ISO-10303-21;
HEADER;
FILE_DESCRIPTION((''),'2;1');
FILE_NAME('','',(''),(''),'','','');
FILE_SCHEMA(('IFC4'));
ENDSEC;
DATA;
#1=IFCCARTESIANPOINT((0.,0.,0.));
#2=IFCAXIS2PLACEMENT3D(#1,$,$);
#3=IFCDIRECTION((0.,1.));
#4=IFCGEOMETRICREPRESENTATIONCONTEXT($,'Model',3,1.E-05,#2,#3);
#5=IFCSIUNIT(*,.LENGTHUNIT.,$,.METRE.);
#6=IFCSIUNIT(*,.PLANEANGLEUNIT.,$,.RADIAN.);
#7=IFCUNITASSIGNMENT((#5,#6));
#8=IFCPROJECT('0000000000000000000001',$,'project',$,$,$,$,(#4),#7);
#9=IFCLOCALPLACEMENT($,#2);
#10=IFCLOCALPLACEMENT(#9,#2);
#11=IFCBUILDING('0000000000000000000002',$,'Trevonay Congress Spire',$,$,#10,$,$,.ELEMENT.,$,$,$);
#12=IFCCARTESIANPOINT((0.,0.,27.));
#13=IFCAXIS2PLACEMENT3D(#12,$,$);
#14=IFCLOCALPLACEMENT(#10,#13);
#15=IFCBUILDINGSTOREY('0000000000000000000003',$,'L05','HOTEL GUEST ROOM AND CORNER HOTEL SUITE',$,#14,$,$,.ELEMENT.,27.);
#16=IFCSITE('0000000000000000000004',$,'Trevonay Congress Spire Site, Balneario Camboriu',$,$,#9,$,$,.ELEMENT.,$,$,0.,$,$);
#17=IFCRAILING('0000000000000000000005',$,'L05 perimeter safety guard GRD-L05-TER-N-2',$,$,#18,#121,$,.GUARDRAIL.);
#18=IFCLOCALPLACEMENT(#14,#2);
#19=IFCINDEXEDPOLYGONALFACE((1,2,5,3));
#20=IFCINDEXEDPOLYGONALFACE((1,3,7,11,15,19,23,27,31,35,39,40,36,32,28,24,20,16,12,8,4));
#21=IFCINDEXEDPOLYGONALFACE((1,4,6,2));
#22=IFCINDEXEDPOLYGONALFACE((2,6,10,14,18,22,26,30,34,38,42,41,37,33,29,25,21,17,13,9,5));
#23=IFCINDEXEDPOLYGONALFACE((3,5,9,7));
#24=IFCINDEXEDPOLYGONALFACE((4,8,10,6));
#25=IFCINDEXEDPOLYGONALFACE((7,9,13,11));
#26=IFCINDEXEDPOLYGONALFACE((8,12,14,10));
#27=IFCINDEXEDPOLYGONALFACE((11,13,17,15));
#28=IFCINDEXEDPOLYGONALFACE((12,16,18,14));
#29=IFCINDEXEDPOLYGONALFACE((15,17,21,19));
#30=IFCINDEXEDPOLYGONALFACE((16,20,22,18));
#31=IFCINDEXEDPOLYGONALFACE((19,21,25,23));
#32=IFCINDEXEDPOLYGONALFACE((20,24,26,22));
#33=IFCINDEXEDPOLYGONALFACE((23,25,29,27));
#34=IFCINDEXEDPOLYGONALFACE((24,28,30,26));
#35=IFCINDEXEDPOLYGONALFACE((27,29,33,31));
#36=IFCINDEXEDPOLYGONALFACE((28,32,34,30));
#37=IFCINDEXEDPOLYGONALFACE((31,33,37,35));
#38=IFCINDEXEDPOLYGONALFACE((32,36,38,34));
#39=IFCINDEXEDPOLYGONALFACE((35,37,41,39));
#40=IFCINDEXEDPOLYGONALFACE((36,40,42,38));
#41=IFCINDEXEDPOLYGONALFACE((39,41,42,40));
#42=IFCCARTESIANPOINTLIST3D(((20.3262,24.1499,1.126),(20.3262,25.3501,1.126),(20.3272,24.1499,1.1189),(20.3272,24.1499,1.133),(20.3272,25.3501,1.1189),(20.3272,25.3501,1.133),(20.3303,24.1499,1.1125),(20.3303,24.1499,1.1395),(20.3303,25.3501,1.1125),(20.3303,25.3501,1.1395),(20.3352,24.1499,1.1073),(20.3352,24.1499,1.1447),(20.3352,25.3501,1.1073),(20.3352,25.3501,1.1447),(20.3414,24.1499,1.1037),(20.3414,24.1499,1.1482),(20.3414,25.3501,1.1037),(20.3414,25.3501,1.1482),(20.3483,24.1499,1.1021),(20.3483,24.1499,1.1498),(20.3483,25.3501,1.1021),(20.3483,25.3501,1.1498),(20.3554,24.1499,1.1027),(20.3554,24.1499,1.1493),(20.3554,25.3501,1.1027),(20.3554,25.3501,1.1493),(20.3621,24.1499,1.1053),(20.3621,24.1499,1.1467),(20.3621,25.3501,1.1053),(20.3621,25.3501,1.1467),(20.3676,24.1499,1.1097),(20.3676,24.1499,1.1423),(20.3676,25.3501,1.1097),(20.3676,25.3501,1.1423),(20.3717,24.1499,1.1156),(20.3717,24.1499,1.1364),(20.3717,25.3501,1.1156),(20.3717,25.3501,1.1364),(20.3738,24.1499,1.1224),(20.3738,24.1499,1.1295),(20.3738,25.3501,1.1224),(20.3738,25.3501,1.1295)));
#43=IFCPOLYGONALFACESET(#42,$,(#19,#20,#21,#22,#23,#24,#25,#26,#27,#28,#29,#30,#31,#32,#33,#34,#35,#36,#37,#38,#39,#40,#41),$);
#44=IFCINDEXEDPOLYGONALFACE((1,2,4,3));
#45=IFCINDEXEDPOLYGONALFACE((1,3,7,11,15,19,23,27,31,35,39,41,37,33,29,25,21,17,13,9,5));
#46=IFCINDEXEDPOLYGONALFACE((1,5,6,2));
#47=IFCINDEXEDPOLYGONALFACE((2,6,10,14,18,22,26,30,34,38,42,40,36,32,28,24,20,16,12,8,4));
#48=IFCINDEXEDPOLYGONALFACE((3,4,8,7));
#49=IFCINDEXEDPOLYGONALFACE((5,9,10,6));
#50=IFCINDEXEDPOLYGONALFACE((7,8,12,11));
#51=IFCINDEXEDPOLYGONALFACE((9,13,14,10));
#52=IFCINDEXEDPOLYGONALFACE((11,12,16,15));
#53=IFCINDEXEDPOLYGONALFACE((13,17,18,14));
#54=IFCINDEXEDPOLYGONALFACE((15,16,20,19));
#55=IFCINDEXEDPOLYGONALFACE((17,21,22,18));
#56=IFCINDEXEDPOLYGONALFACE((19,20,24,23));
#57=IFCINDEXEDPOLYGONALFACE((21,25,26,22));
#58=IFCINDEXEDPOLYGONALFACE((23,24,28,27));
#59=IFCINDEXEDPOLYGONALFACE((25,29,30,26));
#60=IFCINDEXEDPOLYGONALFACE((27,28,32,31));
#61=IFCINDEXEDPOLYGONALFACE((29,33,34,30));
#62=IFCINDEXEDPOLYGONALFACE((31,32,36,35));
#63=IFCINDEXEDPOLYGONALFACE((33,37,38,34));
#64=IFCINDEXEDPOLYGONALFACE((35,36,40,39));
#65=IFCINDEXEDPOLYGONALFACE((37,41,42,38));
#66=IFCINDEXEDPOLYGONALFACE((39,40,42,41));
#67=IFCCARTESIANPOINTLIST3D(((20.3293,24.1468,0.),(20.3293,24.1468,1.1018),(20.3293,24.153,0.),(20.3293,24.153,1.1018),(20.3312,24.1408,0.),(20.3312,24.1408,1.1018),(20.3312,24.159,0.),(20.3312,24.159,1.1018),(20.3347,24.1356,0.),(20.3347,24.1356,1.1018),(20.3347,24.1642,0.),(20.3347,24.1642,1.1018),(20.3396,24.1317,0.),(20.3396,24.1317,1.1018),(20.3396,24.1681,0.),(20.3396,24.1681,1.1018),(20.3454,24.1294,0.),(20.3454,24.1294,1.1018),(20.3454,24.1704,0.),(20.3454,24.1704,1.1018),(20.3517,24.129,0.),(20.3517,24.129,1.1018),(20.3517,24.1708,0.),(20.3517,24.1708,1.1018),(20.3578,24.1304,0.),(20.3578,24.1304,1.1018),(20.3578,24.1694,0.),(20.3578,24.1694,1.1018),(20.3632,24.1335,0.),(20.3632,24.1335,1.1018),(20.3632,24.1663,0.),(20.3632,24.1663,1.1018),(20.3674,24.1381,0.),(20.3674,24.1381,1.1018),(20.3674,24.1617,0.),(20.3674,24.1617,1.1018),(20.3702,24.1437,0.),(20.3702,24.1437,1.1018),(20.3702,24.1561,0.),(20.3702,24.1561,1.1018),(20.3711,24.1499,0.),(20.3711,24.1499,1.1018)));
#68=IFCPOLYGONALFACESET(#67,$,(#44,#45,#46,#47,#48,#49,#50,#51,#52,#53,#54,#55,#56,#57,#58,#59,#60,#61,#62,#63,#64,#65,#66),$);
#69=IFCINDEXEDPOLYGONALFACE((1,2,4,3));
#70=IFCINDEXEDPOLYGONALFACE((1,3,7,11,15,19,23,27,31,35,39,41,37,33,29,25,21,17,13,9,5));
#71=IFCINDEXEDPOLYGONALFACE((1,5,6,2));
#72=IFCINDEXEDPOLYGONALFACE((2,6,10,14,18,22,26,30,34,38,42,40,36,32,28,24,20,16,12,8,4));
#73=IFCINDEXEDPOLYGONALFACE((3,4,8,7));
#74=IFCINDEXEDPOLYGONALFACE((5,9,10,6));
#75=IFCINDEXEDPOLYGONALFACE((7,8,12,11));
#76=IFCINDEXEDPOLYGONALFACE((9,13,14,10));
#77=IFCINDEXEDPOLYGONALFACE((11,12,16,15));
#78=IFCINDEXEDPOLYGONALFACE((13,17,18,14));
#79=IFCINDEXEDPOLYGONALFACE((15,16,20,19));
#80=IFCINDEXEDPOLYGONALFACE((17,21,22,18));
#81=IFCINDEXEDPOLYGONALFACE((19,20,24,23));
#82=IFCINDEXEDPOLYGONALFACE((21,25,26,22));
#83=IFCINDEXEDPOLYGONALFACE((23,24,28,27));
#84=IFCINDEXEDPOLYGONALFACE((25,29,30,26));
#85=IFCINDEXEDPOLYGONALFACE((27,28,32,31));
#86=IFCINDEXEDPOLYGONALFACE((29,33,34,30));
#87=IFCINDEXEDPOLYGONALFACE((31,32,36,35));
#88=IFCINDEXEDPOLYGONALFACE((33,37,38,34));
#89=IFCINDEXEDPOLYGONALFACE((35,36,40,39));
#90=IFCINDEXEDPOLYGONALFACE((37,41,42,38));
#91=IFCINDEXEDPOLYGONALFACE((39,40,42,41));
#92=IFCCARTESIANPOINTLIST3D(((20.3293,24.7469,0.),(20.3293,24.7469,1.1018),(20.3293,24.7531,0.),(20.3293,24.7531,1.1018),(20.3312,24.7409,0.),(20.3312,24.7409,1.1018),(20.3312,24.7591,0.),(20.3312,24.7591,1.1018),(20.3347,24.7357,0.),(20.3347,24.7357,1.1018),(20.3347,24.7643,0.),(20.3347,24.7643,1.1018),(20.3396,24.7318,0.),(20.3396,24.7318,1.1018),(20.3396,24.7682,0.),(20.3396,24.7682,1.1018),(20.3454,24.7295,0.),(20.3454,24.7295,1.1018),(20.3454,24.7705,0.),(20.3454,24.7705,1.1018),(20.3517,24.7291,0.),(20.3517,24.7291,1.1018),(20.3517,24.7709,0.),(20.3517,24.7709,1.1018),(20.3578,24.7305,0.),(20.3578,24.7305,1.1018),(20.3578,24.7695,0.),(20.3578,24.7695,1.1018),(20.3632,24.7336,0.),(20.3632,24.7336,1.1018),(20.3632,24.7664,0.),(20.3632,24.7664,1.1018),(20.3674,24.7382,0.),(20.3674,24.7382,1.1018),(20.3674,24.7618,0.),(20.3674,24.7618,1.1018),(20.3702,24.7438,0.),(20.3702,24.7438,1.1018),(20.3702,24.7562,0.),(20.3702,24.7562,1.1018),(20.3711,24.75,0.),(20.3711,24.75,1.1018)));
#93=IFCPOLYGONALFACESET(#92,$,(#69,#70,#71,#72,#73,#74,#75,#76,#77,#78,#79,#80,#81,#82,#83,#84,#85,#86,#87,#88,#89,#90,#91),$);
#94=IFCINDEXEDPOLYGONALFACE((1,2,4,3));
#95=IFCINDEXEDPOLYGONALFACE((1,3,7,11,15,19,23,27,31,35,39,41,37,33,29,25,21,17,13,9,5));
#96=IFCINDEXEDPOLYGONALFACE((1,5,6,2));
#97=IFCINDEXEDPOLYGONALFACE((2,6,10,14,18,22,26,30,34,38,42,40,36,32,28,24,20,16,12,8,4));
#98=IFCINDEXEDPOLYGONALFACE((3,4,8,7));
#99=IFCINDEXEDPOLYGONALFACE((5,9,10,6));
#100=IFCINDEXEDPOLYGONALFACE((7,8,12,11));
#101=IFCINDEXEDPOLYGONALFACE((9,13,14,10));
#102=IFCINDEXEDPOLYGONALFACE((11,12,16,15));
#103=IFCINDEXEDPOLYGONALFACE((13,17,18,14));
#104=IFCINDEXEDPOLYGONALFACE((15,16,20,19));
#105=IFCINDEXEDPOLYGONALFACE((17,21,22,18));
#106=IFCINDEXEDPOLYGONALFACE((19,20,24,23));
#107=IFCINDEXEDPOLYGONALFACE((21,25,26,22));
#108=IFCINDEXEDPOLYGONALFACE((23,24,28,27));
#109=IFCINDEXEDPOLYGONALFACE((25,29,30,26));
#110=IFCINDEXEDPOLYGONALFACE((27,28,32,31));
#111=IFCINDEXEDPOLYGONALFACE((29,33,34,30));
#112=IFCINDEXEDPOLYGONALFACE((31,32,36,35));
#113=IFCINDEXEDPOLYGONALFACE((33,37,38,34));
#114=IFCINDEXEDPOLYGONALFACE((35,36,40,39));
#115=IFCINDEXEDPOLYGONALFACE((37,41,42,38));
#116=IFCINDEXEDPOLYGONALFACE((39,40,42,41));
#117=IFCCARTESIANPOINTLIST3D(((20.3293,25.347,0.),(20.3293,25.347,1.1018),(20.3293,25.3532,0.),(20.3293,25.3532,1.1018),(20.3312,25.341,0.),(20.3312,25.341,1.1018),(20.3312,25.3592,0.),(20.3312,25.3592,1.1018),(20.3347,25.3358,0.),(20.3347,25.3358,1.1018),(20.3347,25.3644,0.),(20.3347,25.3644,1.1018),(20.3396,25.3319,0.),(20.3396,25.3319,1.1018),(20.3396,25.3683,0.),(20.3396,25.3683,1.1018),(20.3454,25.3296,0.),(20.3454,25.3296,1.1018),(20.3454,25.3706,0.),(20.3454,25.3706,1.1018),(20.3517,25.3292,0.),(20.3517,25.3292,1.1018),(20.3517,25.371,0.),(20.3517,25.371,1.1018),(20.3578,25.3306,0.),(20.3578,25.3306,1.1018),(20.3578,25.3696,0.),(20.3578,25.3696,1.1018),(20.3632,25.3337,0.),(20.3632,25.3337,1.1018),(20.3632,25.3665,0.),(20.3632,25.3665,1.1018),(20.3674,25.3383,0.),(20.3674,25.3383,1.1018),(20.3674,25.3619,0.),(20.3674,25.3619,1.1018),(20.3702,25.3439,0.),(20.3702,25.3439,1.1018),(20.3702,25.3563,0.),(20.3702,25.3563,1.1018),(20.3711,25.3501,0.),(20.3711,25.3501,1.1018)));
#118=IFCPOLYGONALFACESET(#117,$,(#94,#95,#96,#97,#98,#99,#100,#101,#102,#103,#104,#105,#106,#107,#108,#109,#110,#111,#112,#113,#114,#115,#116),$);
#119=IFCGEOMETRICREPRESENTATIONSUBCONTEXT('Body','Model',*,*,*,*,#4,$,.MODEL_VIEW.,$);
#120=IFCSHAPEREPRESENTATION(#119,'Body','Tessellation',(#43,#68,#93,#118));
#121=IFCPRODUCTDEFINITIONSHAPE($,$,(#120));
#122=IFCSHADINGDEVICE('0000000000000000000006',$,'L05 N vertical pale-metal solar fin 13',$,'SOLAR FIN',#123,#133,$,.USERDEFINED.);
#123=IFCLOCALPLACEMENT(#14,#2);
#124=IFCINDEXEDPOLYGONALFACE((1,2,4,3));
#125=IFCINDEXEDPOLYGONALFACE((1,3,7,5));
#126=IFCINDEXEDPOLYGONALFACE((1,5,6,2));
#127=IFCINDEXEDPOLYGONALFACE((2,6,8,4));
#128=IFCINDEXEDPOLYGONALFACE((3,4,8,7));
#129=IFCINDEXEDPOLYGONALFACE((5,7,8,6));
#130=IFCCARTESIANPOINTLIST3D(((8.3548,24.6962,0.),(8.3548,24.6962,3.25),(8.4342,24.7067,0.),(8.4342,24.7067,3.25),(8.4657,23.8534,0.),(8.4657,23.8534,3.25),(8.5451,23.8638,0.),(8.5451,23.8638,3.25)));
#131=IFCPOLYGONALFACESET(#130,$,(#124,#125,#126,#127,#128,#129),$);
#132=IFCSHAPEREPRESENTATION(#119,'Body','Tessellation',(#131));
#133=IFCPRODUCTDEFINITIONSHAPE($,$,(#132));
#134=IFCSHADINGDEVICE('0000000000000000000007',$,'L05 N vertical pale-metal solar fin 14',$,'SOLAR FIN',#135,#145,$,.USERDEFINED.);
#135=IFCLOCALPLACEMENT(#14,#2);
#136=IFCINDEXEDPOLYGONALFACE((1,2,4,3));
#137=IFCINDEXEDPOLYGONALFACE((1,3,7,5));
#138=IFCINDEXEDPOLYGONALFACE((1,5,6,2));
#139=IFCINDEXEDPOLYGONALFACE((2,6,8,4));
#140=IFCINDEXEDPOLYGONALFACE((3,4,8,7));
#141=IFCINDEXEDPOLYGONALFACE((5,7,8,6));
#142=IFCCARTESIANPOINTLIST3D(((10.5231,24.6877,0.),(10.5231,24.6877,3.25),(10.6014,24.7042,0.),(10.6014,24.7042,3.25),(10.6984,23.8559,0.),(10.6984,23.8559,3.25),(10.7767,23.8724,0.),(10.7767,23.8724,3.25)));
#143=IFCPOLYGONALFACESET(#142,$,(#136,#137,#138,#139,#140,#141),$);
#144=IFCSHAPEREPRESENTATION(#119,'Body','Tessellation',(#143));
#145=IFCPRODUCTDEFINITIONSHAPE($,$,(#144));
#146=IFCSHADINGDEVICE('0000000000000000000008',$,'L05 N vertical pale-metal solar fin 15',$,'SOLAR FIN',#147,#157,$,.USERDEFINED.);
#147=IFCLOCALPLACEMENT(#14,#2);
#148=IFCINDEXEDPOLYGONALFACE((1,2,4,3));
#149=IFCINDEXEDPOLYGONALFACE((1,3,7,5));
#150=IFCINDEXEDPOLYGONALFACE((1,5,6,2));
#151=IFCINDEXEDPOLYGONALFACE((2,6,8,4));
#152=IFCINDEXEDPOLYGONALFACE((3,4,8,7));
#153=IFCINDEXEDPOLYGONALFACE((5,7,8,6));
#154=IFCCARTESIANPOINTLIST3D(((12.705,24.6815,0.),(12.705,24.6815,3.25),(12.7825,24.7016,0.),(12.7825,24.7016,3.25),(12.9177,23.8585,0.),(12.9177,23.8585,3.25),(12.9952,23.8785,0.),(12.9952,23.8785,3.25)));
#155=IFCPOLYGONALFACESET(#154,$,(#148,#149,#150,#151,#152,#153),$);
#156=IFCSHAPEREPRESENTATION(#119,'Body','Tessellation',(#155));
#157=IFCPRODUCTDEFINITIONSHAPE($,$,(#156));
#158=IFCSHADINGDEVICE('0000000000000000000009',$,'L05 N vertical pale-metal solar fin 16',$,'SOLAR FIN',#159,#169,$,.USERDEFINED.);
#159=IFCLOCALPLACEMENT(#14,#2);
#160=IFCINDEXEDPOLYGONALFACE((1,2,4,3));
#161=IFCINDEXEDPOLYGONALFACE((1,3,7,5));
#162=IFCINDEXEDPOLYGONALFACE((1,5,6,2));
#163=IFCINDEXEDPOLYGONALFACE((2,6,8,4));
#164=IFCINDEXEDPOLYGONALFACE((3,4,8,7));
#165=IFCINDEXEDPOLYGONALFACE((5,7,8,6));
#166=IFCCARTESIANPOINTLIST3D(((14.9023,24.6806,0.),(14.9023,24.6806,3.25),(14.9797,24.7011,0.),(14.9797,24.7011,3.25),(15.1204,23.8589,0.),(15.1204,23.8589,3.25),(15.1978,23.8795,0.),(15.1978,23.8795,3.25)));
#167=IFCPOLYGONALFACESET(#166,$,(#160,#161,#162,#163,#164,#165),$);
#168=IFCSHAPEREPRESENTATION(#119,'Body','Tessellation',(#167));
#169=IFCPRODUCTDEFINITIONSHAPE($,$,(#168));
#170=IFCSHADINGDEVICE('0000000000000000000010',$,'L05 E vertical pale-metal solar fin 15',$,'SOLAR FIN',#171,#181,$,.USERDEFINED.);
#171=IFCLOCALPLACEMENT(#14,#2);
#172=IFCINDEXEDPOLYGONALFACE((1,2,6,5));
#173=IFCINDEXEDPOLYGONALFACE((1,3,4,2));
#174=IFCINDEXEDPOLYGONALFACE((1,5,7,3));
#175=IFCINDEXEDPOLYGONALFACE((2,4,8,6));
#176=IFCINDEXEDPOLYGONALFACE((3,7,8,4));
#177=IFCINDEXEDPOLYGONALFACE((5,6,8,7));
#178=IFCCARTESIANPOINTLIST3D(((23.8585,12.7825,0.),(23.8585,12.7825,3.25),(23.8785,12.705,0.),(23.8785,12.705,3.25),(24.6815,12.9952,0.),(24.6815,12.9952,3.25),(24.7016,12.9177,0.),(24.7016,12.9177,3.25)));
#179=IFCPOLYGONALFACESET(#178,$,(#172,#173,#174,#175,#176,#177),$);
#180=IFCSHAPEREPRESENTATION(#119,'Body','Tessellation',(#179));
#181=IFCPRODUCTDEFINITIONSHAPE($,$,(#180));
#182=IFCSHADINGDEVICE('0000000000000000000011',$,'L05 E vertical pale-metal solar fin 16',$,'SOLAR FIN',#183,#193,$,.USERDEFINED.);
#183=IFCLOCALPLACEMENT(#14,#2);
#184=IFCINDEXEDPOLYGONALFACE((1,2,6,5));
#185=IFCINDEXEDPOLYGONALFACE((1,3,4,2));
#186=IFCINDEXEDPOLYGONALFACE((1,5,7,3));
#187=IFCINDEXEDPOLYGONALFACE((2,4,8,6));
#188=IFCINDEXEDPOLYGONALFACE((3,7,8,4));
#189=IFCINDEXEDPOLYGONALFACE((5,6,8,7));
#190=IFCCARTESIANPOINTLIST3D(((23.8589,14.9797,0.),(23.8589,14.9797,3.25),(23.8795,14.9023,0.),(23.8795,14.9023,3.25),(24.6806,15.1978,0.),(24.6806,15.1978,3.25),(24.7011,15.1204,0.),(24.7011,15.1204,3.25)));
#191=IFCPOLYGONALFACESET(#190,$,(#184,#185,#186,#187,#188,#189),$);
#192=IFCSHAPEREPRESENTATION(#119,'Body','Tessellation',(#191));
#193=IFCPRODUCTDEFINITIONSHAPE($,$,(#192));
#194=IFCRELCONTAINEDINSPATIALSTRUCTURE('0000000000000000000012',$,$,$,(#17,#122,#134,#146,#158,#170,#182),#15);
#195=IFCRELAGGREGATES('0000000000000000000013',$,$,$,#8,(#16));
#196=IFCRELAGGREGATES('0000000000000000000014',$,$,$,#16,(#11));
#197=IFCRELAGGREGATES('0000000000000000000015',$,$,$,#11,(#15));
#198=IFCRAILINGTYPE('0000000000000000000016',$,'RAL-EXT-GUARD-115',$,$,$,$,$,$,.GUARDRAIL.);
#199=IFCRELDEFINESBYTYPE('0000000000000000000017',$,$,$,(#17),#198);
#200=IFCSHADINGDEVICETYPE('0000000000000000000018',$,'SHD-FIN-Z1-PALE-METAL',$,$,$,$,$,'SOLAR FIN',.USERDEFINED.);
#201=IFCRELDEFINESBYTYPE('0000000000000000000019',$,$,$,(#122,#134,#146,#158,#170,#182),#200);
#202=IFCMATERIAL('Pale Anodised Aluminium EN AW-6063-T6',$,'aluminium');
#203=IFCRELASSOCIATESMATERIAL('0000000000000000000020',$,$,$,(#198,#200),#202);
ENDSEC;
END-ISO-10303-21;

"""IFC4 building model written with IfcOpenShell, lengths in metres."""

from ifc_helpers import new_model, si_unit, direction, frame, origin, origin_2d, place, context, subcontext, project, spatial, rectangle, circle, extrude, material, type_object, element, save


model = new_model("IFC4")

# Units and contexts
model_context = context("Model", 3, precision=1e-05, world=origin(), true_north=direction((0.0, 1.0)))
body_context = subcontext(model_context, "Body", "Model", "MODEL_VIEW")
ifc_project = project(units=[si_unit("LENGTHUNIT", "METRE"), si_unit("PLANEANGLEUNIT", "RADIAN")], contexts=[model_context])

# Site, building, storey
site_placement = place(None, origin())
site = spatial("IfcSite", under=ifc_project, at=site_placement, Name="Trevonay Congress Spire Site, Balneario Camboriu", CompositionType="ELEMENT", RefElevation=0.0)
building_placement = place(site_placement, origin())
building = spatial("IfcBuilding", under=site, at=building_placement, Name="Trevonay Congress Spire", CompositionType="ELEMENT")
storey_placement = place(building_placement, frame((0.0, 0.0, 27.0)))
storey = spatial("IfcBuildingStorey", under=building, at=storey_placement, Name="L05", Description="HOTEL GUEST ROOM AND CORNER HOTEL SUITE", CompositionType="ELEMENT", Elevation=27.0)

# Shared definitions
ifc_material_1 = material(Name="Pale Anodised Aluminium EN AW-6063-T6", Category="aluminium")

# Railing
railing_type = type_object("IfcRailingType", Name="RAL-EXT-GUARD-115", PredefinedType="GUARDRAIL", material=ifc_material_1)
railing_1_placement = place(storey_placement, frame((20.3501, 24.1499, 0.0)))
element("IfcRailing", 1, at=railing_1_placement, inside=storey, type_object=railing_type, Name="L05 perimeter safety guard GRD-L05-TER-N-2", PredefinedType="GUARDRAIL", context=body_context, shape_type="SweptSolid", body=[
    extrude(circle(Radius=0.0239, at=origin_2d()), frame((0.0, 0.0, 1.126), z_axis=(0.0, 1.0, 0.0), x_axis=(-1.0, 0.0, 0.0)), (0.0, 0.0, 1.0), 1.2002),
    extrude(circle(Radius=0.021, at=origin_2d()), origin(), (0.0, 0.0, 1.0), 1.1018),
    extrude(circle(Radius=0.021, at=origin_2d()), frame((0.0, 0.6001, 0.0)), (0.0, 0.0, 1.0), 1.1018),
    extrude(circle(Radius=0.021, at=origin_2d()), frame((0.0, 1.2002, 0.0)), (0.0, 0.0, 1.0), 1.1018),
])

# Shading devices
shading_device_type = type_object("IfcShadingDeviceType", Name="SHD-FIN-Z1-PALE-METAL", ElementType="SOLAR FIN", PredefinedType="USERDEFINED", material=ifc_material_1)
for number, where, z_axis, x_axis, name in (
    (2, (8.45, 24.28, 0.0), (0.0, 0.0, 1.0), (0.991445, 0.130526, 0.0), "L05 N vertical pale-metal solar fin 13"),
    (3, (10.6499, 24.28, 0.0), (0.0, 0.0, 1.0), (0.978509, 0.206204, 0.0), "L05 N vertical pale-metal solar fin 14"),
    (4, (12.8501, 24.28, 0.0), (0.0, 0.0, 1.0), (0.968191, 0.250211, 0.0), "L05 N vertical pale-metal solar fin 15"),
    (5, (15.05, 24.28, 0.0), (0.0, 0.0, 1.0), (0.966511, 0.256627, 0.0), "L05 N vertical pale-metal solar fin 16"),
    (6, (24.28, 12.8501, 0.0), (0.0, 0.0, 1.0), (-0.250211, 0.968191, 0.0), "L05 E vertical pale-metal solar fin 15"),
    (7, (24.28, 15.05, 0.0), (0.0, 0.0, 1.0), (-0.256627, 0.966511, 0.0), "L05 E vertical pale-metal solar fin 16"),
):
    element("IfcShadingDevice", number, at=place(storey_placement, frame(where, z_axis=z_axis, x_axis=x_axis)), inside=storey, type_object=shading_device_type, Name=name, ObjectType="SOLAR FIN", PredefinedType="USERDEFINED", context=body_context, shape_type="SweptSolid", body=[
        extrude(rectangle(XDim=0.0801, YDim=0.8501, at=origin_2d()), origin(), (0.0, 0.0, 1.0), 3.25),
    ])

save(model, "model.ifc")
